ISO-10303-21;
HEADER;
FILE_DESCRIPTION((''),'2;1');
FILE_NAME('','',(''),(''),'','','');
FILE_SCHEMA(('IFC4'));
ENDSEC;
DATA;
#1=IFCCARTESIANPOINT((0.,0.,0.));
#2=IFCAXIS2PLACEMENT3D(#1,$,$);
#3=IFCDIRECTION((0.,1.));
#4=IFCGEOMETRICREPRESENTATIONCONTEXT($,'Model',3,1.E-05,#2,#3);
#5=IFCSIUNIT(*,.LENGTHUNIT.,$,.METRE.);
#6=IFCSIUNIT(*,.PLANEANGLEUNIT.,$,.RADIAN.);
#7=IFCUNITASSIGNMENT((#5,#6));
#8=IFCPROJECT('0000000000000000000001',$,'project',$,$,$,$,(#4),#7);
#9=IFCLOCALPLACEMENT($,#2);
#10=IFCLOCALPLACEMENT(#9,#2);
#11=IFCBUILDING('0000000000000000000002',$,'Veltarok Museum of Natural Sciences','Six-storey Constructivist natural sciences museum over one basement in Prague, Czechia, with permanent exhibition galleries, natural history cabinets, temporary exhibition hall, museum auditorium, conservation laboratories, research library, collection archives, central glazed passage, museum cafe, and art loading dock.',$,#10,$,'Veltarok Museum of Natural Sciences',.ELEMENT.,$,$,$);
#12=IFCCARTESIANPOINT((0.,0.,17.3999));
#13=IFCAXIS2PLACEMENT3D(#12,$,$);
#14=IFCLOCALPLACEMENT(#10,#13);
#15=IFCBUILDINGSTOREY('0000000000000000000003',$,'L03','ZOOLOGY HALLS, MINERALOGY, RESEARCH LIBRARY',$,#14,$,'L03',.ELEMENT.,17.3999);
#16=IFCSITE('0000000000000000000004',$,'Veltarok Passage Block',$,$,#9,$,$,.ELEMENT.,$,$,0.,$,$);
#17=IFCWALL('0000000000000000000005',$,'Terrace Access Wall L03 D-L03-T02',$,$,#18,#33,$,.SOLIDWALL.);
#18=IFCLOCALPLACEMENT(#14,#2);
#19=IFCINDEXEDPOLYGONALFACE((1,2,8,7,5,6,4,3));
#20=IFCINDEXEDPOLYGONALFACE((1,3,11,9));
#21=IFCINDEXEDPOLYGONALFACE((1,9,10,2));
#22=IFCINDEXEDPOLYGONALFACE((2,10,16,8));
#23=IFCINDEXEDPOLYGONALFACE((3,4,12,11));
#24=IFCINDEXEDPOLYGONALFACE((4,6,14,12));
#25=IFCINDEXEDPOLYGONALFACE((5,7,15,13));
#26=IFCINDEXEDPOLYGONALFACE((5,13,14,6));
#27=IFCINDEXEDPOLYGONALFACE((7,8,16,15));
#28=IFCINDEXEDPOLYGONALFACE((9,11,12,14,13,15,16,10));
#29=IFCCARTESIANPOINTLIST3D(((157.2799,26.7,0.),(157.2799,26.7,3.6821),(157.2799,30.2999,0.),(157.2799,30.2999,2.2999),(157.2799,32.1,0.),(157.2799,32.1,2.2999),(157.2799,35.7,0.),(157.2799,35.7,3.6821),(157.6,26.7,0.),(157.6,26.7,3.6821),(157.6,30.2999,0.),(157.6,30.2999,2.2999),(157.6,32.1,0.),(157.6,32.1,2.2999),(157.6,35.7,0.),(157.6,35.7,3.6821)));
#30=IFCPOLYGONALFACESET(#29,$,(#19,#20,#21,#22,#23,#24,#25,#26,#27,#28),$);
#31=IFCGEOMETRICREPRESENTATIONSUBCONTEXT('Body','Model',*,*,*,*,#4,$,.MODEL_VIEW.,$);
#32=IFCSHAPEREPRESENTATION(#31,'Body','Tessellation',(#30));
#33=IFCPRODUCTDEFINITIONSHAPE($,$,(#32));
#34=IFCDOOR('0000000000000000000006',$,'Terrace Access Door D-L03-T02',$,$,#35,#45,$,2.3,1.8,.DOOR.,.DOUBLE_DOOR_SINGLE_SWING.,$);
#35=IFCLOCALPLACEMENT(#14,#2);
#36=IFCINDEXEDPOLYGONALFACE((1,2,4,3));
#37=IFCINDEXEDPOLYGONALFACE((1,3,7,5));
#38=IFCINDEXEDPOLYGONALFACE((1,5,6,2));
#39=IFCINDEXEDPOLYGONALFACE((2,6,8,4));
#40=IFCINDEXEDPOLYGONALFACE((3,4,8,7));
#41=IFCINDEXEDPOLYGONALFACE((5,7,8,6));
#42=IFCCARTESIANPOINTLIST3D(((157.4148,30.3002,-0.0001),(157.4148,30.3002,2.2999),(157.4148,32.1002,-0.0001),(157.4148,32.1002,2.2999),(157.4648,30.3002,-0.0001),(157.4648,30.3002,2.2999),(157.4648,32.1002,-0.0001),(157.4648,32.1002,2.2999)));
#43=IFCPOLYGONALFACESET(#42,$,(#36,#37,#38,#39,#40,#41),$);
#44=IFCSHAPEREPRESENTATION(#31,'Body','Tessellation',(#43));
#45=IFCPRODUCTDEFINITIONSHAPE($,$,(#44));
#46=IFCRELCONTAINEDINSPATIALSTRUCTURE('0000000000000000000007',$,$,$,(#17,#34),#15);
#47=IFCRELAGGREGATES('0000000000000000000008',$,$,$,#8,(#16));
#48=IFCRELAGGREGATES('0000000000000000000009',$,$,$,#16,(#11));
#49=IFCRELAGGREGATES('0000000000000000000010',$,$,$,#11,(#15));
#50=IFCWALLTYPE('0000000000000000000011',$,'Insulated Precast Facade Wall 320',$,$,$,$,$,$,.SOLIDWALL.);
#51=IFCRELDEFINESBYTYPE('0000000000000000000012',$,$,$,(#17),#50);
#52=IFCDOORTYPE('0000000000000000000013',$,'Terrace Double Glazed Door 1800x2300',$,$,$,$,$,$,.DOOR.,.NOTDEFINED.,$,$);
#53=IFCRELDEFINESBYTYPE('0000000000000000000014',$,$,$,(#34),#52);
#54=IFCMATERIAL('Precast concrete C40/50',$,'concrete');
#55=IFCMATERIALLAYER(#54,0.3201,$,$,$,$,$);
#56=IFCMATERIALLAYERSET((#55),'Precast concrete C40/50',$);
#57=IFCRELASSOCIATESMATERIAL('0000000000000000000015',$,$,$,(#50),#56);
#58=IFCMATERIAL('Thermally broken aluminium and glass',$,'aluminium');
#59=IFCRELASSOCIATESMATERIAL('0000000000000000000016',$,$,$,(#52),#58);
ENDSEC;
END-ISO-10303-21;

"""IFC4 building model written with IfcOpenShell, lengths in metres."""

from ifc_helpers import new_model, si_unit, direction, frame, frame_2d, origin, place, context, subcontext, project, spatial, rectangle, extrude, material, layer, layer_set, type_object, element, fill, save


model = new_model("IFC4")

# Units and contexts
model_context = context("Model", 3, precision=1e-05, world=origin(), true_north=direction((0.0, 1.0)))
body_context = subcontext(model_context, "Body", "Model", "MODEL_VIEW")
ifc_project = project(units=[si_unit("LENGTHUNIT", "METRE"), si_unit("PLANEANGLEUNIT", "RADIAN")], contexts=[model_context])

# Site, building, storey
site_placement = place(None, origin())
site = spatial("IfcSite", under=ifc_project, at=site_placement, Name="Veltarok Passage Block", CompositionType="ELEMENT", RefElevation=0.0)
building_placement = place(site_placement, origin())
building = spatial("IfcBuilding", under=site, at=building_placement, Name="Veltarok Museum of Natural Sciences", Description="Six-storey Constructivist natural sciences museum over one basement in Prague, Czechia, with permanent exhibition galleries, natural history cabinets, temporary exhibition hall, museum auditorium, conservation laboratories, research library, collection archives, central glazed passage, museum cafe, and art loading dock.", LongName="Veltarok Museum of Natural Sciences", CompositionType="ELEMENT")
storey_placement = place(building_placement, frame((0.0, 0.0, 17.3999)))
storey = spatial("IfcBuildingStorey", under=building, at=storey_placement, Name="L03", Description="ZOOLOGY HALLS, MINERALOGY, RESEARCH LIBRARY", LongName="L03", CompositionType="ELEMENT", Elevation=17.3999)

# Wall, opening, door
ifc_material_1 = material(Name="Precast concrete C40/50", Category="concrete")
ifc_layer_1 = layer(ifc_material_1, 0.3201)
ifc_layer_set_1 = layer_set([ifc_layer_1], Name="Precast concrete C40/50")
wall_type = type_object("IfcWallType", Name="Insulated Precast Facade Wall 320", PredefinedType="SOLIDWALL", material=ifc_layer_set_1)
wall_placement = place(storey_placement, frame((157.4399, 26.7, 0.0), z_axis=(0.0, 0.0, 1.0), x_axis=(0.0, 1.0, 0.0)))
wall = element("IfcWall", 1, at=wall_placement, inside=storey, type_object=wall_type, Name="Terrace Access Wall L03 D-L03-T02", PredefinedType="SOLIDWALL", context=body_context, shape_type="SweptSolid", body=[
    extrude(rectangle(XDim=9.0, YDim=0.3201, at=frame_2d((4.5, 0.0))), origin(), (0.0, 0.0, 1.0), 3.6821),
])
opening_placement = place(wall_placement, frame((3.6001, 0.0, 0.0)))
opening = element("IfcOpeningElement", 2, at=opening_placement, cuts=wall, PredefinedType="OPENING", context=body_context, shape_type="SweptSolid", body=[
    extrude(rectangle(XDim=1.8, YDim=2.3, at=frame_2d((0.8999, 1.1499))), frame((0.0, 0.1699, 0.0), z_axis=(0.0, -1.0, 0.0), x_axis=(1.0, 0.0, 0.0)), (0.0, 0.0, 1.0), 0.3401),
])
ifc_material_2 = material(Name="Thermally broken aluminium and glass", Category="aluminium")
door_type = type_object("IfcDoorType", Name="Terrace Double Glazed Door 1800x2300", OperationType="NOTDEFINED", PredefinedType="DOOR", material=ifc_material_2)
door_placement = place(opening_placement, frame((1.8, 0.0, 0.0), z_axis=(0.0, 0.0, 1.0), x_axis=(-1.0, 0.0, 0.0)))
door = element("IfcDoor", 3, at=door_placement, inside=storey, type_object=door_type, Name="Terrace Access Door D-L03-T02", OperationType="DOUBLE_DOOR_SINGLE_SWING", OverallHeight=2.3, OverallWidth=1.8, PredefinedType="DOOR", context=body_context, shape_type="SweptSolid", body=[
    extrude(rectangle(XDim=1.8, YDim=2.3, at=frame_2d((0.8999, 1.1499))), frame((0.0, 0.0249, 0.0), z_axis=(0.0, -1.0, 0.0), x_axis=(1.0, 0.0, 0.0)), (0.0, 0.0, 1.0), 0.05),
])
fill(opening, door)

save(model, "model.ifc")
